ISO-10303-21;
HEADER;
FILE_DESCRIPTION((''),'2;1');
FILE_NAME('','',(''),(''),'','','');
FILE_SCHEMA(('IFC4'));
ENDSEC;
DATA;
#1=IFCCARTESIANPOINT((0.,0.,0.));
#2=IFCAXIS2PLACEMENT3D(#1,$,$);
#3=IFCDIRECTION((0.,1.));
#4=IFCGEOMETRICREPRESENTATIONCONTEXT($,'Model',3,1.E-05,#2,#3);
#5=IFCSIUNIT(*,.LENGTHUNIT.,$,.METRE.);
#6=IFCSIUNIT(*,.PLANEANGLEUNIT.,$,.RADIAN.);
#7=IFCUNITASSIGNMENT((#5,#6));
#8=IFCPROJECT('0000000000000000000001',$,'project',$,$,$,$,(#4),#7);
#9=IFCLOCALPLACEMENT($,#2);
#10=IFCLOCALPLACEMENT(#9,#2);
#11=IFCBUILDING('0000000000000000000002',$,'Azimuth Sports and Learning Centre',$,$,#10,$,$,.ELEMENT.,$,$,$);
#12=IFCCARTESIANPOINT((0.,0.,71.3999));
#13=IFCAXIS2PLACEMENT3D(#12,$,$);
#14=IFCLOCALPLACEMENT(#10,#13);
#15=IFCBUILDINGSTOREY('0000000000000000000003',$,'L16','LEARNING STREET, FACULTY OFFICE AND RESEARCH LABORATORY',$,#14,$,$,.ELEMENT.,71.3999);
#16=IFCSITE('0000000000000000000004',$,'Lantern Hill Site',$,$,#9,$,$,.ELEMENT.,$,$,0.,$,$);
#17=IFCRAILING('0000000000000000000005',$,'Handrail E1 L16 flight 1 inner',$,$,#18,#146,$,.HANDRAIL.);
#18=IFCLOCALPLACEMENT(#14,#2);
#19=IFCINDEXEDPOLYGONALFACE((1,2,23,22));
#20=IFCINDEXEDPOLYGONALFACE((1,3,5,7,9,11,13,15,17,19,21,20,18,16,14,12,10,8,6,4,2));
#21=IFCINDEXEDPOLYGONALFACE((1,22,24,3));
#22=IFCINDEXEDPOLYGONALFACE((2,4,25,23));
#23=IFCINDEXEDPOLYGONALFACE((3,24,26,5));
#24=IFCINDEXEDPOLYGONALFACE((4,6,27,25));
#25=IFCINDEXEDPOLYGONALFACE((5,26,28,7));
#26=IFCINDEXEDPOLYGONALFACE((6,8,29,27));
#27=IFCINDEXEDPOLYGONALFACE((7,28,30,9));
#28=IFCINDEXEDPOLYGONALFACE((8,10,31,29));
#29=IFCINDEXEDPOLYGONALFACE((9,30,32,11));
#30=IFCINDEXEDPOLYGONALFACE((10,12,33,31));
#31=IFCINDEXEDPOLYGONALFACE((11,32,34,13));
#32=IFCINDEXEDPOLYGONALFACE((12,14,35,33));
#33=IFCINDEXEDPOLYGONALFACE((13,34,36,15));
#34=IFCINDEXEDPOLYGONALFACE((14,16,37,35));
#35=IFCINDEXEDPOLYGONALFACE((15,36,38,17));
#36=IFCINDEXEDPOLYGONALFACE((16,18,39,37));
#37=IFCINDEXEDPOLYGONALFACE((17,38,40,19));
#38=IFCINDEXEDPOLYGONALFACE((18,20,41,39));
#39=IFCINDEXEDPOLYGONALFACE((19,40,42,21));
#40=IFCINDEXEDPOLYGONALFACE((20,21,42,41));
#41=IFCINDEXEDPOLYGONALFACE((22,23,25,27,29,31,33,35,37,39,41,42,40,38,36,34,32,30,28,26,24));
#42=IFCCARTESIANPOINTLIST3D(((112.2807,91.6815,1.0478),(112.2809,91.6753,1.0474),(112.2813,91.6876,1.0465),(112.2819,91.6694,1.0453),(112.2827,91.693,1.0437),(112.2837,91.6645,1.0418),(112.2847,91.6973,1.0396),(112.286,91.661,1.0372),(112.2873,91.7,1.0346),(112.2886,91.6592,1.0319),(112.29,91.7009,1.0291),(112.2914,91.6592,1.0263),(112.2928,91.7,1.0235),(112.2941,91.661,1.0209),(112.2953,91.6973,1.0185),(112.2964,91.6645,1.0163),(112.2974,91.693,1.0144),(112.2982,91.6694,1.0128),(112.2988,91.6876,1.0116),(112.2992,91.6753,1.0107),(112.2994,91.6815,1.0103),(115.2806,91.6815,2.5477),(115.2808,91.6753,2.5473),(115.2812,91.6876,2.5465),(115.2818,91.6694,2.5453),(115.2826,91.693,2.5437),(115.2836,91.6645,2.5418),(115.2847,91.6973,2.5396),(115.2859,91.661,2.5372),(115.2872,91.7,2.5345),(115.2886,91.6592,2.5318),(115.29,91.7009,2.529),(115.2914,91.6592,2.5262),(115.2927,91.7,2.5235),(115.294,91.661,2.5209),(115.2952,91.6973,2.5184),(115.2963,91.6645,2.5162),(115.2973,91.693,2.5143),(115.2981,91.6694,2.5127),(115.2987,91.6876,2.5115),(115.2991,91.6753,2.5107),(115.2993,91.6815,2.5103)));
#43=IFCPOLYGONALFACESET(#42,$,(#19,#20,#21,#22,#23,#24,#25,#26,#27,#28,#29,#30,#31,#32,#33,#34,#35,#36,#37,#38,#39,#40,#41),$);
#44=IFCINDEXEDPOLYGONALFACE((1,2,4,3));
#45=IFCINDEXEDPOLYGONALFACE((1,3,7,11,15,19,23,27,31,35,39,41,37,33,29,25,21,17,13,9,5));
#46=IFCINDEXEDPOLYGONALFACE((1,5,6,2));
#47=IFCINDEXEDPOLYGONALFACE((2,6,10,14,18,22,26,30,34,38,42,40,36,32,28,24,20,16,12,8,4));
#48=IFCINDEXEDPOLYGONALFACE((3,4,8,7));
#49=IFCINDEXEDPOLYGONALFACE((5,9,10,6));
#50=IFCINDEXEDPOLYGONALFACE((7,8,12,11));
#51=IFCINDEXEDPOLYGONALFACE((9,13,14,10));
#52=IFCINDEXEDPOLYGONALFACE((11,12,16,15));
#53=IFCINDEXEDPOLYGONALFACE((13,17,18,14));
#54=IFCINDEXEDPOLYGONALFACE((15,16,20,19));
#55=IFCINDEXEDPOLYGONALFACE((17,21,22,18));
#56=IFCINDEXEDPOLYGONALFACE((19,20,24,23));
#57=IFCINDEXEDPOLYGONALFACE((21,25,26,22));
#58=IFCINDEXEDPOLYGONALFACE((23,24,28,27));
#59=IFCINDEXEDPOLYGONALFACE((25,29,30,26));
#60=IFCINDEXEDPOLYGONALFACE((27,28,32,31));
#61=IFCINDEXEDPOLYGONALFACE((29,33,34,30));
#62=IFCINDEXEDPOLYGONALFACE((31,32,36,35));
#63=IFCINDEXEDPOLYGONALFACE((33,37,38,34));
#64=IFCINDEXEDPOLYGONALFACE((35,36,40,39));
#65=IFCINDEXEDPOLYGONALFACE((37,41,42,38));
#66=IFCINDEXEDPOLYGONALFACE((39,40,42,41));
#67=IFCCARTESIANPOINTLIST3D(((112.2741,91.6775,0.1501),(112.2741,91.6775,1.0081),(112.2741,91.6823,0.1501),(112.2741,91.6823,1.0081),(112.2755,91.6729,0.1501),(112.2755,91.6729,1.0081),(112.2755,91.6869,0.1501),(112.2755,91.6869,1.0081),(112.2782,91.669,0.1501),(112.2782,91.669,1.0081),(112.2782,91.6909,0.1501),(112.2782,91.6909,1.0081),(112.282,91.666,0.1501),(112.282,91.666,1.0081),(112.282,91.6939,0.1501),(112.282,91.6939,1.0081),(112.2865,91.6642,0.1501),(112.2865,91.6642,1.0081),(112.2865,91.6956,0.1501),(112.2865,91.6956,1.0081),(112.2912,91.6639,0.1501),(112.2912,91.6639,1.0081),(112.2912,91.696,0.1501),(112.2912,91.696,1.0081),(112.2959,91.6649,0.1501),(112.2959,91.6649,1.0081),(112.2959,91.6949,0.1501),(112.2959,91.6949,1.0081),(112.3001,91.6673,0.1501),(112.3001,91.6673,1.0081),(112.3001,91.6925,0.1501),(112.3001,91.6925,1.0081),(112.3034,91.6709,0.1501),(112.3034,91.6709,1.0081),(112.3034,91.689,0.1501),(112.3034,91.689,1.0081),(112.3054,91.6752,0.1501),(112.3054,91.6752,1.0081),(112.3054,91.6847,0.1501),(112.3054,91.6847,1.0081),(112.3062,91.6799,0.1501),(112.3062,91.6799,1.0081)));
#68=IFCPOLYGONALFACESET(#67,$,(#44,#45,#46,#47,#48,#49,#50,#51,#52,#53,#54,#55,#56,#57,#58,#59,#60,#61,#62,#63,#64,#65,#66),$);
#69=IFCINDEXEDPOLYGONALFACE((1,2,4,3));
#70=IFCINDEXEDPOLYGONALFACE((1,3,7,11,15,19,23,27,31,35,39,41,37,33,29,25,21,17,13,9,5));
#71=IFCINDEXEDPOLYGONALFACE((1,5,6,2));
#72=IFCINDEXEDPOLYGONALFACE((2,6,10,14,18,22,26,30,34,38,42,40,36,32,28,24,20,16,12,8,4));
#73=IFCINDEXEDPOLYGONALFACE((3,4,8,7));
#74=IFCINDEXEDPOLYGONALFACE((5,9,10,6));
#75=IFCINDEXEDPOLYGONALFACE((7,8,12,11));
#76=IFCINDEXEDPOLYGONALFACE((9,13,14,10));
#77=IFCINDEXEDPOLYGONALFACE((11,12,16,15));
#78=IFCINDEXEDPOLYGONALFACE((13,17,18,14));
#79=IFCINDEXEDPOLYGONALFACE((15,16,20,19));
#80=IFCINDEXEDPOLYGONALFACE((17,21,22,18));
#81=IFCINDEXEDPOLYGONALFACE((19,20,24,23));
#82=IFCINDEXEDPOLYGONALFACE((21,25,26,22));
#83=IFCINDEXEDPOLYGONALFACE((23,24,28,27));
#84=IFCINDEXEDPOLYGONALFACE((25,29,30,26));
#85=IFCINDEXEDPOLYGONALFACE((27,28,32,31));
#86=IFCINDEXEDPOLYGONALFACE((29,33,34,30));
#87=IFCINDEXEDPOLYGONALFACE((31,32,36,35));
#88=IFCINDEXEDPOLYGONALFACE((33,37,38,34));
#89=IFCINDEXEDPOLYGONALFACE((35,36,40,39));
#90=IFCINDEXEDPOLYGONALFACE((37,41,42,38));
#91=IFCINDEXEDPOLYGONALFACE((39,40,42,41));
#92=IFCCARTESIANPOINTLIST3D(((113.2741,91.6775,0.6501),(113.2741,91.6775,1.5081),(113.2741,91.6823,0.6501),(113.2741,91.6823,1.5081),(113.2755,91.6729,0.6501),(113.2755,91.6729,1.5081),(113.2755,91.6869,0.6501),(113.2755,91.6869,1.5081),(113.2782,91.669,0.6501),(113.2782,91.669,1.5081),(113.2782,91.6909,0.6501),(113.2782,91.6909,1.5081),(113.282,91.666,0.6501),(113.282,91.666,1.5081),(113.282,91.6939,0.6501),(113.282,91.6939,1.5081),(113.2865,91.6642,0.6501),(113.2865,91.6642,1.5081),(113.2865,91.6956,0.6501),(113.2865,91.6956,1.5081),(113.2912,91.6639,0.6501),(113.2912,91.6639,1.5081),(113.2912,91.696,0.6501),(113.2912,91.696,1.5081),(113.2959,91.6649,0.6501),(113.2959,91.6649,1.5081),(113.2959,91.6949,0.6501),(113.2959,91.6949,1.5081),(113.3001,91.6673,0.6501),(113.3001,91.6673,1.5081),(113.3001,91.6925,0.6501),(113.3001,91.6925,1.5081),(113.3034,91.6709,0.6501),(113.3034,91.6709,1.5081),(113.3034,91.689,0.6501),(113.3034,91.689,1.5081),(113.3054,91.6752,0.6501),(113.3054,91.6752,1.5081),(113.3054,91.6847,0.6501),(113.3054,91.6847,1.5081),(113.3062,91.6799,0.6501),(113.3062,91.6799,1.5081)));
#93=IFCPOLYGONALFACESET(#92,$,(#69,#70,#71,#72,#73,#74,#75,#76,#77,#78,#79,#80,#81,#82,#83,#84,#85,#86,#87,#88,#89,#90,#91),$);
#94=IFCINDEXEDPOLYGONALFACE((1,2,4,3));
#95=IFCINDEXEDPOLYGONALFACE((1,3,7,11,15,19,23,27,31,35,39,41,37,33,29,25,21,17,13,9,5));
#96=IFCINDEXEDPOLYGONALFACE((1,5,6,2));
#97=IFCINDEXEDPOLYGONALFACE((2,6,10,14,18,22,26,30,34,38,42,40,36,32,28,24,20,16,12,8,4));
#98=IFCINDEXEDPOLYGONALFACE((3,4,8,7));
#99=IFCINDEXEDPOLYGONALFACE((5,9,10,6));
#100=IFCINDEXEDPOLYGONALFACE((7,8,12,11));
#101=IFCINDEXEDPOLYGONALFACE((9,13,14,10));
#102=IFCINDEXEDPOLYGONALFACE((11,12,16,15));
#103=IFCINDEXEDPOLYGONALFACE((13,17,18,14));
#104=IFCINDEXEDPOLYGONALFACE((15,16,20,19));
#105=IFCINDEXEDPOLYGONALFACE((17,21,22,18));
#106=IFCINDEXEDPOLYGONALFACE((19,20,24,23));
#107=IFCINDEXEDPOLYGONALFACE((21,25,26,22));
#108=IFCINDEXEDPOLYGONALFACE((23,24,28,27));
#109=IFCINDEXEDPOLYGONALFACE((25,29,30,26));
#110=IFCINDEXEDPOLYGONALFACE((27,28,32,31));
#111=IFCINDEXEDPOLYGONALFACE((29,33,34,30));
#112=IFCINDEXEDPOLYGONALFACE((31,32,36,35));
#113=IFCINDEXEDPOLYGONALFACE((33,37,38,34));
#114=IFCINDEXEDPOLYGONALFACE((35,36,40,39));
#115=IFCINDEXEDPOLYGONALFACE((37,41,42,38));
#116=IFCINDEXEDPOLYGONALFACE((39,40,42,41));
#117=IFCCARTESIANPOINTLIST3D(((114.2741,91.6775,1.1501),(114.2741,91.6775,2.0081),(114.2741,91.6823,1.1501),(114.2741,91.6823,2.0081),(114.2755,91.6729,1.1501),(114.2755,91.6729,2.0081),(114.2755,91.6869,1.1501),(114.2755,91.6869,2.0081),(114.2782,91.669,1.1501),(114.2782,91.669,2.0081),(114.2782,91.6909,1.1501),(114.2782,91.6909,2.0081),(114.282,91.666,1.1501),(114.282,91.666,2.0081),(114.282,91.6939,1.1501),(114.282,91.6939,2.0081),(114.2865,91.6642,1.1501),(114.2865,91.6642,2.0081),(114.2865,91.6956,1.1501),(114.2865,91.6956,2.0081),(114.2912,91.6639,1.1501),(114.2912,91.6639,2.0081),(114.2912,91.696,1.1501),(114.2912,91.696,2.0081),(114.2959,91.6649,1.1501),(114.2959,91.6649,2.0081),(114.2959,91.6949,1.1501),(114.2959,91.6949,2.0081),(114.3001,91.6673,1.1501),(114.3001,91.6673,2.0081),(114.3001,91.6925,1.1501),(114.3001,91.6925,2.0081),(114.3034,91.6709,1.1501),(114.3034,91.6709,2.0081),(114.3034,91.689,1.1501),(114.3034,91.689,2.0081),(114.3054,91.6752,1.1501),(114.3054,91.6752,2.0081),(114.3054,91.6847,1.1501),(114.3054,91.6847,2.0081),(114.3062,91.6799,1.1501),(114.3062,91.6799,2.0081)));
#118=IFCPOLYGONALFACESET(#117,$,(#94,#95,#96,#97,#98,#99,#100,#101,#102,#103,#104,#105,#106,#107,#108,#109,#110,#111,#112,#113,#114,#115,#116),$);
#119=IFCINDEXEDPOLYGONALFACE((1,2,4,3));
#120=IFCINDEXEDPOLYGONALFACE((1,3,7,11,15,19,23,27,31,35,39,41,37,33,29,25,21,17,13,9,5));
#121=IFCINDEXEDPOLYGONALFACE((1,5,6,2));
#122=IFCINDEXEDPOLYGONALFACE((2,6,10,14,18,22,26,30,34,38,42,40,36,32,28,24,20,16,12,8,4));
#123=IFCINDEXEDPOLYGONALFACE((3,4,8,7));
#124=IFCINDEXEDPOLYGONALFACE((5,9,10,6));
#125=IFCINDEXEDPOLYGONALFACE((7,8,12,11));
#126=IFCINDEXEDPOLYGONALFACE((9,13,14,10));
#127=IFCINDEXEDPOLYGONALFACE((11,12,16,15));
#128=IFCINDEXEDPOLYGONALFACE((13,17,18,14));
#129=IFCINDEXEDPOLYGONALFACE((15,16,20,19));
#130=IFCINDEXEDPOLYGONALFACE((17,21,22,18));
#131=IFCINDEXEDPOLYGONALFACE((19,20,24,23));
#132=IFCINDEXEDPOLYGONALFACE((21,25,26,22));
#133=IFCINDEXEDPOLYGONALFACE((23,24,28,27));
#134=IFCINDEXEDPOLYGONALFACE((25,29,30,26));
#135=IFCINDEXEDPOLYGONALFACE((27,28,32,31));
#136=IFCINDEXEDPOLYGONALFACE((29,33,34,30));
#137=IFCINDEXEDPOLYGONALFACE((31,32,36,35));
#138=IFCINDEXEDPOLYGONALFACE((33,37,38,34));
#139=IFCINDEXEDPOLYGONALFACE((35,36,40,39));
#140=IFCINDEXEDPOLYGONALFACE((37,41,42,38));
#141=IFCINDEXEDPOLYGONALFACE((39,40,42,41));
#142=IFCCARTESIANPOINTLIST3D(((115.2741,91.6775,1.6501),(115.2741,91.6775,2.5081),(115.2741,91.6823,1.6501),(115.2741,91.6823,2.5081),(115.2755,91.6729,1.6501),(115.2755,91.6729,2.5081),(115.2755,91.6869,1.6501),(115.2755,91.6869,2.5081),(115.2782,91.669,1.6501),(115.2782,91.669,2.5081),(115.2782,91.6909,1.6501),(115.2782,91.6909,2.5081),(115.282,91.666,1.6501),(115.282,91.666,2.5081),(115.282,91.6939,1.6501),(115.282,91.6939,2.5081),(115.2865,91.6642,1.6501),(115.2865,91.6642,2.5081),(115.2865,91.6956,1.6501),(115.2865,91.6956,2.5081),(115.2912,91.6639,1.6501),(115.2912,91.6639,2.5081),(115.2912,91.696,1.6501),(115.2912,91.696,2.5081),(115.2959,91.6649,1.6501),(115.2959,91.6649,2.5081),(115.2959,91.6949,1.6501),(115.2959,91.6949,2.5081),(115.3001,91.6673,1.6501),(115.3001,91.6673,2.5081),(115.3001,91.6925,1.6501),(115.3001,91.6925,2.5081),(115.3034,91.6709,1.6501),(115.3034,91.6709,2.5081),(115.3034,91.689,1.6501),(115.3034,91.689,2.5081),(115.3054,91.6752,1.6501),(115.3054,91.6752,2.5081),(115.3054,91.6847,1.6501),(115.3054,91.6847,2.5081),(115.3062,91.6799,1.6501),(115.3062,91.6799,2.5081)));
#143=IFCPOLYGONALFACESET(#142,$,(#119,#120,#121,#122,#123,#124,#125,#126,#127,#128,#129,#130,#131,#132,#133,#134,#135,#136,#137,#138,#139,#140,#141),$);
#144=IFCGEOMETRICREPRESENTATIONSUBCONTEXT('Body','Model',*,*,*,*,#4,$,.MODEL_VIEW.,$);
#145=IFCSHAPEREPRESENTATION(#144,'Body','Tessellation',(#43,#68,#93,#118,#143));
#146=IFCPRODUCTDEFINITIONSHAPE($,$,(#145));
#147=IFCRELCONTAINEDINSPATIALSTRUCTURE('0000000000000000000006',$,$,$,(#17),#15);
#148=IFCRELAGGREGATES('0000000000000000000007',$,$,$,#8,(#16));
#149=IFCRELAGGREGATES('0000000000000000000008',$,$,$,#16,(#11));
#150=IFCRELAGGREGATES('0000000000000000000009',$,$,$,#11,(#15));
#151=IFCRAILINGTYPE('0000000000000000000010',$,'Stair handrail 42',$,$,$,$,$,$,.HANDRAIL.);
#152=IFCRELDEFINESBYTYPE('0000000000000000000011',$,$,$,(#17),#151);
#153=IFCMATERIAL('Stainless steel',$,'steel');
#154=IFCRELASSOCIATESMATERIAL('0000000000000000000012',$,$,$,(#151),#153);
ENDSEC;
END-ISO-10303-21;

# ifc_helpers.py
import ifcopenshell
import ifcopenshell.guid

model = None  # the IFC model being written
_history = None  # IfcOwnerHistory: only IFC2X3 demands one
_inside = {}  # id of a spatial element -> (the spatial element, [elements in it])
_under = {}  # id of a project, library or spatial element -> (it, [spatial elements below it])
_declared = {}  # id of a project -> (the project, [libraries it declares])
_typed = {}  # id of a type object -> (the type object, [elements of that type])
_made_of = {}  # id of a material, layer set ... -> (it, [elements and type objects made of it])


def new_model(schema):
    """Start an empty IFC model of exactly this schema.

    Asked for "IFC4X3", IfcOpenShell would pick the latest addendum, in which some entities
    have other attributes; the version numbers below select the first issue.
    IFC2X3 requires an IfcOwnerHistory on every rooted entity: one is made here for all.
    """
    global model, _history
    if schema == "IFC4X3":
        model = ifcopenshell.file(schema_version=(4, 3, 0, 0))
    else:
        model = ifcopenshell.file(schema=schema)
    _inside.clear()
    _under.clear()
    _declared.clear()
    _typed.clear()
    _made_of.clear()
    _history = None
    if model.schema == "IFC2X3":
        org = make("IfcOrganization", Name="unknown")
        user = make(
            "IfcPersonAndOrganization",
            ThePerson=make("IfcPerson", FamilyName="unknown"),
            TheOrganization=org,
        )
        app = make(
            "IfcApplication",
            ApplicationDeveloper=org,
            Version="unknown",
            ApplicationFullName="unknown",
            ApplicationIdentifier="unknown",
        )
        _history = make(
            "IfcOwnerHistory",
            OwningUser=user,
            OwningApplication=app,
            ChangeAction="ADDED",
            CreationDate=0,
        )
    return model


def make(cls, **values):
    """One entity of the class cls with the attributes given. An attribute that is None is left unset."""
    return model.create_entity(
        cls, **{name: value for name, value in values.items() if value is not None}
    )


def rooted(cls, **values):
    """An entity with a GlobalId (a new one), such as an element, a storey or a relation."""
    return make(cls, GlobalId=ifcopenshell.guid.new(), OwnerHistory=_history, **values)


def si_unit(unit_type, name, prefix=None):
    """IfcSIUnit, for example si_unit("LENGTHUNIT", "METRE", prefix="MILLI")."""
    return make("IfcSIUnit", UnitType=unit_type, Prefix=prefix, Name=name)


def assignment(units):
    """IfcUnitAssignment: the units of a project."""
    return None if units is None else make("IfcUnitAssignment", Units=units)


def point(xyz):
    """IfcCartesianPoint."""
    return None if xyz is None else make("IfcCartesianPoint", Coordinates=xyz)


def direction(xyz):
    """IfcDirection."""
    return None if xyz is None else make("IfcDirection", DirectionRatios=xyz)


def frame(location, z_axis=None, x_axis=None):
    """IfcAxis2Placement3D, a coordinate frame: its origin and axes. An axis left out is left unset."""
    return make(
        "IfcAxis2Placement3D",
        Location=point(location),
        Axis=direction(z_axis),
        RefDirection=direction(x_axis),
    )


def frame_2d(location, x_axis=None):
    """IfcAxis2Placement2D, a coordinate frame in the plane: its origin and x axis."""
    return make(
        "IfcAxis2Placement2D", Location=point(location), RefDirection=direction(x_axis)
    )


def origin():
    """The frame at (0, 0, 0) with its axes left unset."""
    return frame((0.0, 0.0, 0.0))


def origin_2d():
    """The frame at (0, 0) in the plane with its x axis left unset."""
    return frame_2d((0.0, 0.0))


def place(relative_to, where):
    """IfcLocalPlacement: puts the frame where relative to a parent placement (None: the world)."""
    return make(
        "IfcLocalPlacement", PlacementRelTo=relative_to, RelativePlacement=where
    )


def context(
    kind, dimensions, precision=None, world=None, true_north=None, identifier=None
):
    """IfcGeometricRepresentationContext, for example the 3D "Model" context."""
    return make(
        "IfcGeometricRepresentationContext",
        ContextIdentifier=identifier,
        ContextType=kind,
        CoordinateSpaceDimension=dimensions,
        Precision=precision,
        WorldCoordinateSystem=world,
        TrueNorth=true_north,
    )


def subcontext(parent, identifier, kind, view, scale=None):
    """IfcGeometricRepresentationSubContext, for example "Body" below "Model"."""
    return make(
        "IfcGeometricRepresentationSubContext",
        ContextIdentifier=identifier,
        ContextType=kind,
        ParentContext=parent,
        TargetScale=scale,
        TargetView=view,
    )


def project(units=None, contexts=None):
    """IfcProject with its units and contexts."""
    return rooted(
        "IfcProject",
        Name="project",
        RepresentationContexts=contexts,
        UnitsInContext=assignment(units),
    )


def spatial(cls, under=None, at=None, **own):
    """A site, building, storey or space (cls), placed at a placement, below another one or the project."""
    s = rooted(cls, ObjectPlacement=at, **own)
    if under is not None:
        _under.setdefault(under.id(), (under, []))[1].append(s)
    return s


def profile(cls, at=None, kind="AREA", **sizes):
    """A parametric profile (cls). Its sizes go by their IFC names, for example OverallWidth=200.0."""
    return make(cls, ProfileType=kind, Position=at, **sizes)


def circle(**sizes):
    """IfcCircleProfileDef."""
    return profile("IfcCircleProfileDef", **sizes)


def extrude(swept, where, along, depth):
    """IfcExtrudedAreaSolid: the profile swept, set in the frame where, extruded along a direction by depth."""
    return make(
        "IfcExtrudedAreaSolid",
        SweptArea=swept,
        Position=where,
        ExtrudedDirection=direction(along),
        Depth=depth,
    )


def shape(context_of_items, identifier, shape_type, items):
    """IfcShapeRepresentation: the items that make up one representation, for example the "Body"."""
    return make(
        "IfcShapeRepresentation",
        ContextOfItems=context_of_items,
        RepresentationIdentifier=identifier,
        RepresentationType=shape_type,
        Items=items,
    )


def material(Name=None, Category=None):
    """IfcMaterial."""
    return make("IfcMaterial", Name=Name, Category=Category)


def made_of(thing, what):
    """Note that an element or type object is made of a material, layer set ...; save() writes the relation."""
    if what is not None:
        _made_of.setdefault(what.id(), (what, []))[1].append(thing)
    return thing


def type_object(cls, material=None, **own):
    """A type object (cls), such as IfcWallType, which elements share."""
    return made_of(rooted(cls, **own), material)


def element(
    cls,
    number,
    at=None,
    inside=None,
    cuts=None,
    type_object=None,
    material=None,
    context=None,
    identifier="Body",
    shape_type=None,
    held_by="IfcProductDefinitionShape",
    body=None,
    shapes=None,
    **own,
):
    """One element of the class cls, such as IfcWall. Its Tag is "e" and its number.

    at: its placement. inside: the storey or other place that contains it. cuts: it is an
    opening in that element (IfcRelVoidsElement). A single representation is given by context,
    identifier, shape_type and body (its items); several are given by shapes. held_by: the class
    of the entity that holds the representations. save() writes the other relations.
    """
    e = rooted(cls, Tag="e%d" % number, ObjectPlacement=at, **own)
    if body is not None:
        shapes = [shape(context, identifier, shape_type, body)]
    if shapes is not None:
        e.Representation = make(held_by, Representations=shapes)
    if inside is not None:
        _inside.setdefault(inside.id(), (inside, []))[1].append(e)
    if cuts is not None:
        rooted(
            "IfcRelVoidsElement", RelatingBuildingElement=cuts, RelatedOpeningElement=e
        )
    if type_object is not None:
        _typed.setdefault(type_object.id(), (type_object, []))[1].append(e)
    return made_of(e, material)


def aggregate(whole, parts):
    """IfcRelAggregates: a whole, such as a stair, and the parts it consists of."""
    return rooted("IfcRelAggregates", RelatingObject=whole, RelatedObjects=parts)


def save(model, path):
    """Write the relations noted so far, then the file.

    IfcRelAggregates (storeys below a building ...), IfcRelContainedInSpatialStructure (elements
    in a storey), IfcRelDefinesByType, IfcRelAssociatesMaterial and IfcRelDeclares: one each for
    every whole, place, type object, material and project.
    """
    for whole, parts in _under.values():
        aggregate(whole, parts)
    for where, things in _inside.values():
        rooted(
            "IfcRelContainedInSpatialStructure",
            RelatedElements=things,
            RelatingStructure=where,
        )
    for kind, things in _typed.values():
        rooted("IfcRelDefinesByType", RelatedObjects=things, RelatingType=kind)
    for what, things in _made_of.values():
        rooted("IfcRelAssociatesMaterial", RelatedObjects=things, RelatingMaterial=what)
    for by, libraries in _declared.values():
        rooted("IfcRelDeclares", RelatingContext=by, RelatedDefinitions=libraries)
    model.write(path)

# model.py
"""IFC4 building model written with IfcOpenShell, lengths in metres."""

from ifc_helpers import new_model, si_unit, direction, frame, origin, origin_2d, place, context, subcontext, project, spatial, circle, extrude, material, type_object, element, save


model = new_model("IFC4")

# Units and contexts
model_context = context("Model", 3, precision=1e-05, world=origin(), true_north=direction((0.0, 1.0)))
body_context = subcontext(model_context, "Body", "Model", "MODEL_VIEW")
ifc_project = project(units=[si_unit("LENGTHUNIT", "METRE"), si_unit("PLANEANGLEUNIT", "RADIAN")], contexts=[model_context])

# Site, building, storey
site_placement = place(None, origin())
site = spatial("IfcSite", under=ifc_project, at=site_placement, Name="Lantern Hill Site", CompositionType="ELEMENT", RefElevation=0.0)
building_placement = place(site_placement, origin())
building = spatial("IfcBuilding", under=site, at=building_placement, Name="Azimuth Sports and Learning Centre", CompositionType="ELEMENT")
storey_placement = place(building_placement, frame((0.0, 0.0, 71.3999)))
storey = spatial("IfcBuildingStorey", under=building, at=storey_placement, Name="L16", Description="LEARNING STREET, FACULTY OFFICE AND RESEARCH LABORATORY", CompositionType="ELEMENT", Elevation=71.3999)

# Railing
ifc_material_1 = material(Name="Stainless steel", Category="steel")
railing_type_1 = type_object("IfcRailingType", Name="Stair handrail 42", PredefinedType="HANDRAIL", material=ifc_material_1)
for number, where, name in (
    (1, (112.29, 91.6799, 0.1501), "Handrail E1 L16 flight 1 inner"),
):
    element("IfcRailing", number, at=place(storey_placement, frame(where)), inside=storey, type_object=railing_type_1, Name=name, PredefinedType="HANDRAIL", context=body_context, shape_type="SweptSolid", body=[
        extrude(circle(Radius=0.021, at=origin_2d()), frame((0.0, 0.0, 0.8789), z_axis=(0.894427, 0.0, 0.447214), x_axis=(0.0, 1.0, 0.0)), (0.0, 0.0, 1.0), 3.354),
        extrude(circle(Radius=0.0161, at=origin_2d()), origin(), (0.0, 0.0, 1.0), 0.8579),
        extrude(circle(Radius=0.0161, at=origin_2d()), frame((1.0, 0.0, 0.5)), (0.0, 0.0, 1.0), 0.8579),
        extrude(circle(Radius=0.0161, at=origin_2d()), frame((2.0, 0.0, 1.0)), (0.0, 0.0, 1.0), 0.8579),
        extrude(circle(Radius=0.0161, at=origin_2d()), frame((3.0, 0.0, 1.5)), (0.0, 0.0, 1.0), 0.8579),
    ])

save(model, "model.ifc")
